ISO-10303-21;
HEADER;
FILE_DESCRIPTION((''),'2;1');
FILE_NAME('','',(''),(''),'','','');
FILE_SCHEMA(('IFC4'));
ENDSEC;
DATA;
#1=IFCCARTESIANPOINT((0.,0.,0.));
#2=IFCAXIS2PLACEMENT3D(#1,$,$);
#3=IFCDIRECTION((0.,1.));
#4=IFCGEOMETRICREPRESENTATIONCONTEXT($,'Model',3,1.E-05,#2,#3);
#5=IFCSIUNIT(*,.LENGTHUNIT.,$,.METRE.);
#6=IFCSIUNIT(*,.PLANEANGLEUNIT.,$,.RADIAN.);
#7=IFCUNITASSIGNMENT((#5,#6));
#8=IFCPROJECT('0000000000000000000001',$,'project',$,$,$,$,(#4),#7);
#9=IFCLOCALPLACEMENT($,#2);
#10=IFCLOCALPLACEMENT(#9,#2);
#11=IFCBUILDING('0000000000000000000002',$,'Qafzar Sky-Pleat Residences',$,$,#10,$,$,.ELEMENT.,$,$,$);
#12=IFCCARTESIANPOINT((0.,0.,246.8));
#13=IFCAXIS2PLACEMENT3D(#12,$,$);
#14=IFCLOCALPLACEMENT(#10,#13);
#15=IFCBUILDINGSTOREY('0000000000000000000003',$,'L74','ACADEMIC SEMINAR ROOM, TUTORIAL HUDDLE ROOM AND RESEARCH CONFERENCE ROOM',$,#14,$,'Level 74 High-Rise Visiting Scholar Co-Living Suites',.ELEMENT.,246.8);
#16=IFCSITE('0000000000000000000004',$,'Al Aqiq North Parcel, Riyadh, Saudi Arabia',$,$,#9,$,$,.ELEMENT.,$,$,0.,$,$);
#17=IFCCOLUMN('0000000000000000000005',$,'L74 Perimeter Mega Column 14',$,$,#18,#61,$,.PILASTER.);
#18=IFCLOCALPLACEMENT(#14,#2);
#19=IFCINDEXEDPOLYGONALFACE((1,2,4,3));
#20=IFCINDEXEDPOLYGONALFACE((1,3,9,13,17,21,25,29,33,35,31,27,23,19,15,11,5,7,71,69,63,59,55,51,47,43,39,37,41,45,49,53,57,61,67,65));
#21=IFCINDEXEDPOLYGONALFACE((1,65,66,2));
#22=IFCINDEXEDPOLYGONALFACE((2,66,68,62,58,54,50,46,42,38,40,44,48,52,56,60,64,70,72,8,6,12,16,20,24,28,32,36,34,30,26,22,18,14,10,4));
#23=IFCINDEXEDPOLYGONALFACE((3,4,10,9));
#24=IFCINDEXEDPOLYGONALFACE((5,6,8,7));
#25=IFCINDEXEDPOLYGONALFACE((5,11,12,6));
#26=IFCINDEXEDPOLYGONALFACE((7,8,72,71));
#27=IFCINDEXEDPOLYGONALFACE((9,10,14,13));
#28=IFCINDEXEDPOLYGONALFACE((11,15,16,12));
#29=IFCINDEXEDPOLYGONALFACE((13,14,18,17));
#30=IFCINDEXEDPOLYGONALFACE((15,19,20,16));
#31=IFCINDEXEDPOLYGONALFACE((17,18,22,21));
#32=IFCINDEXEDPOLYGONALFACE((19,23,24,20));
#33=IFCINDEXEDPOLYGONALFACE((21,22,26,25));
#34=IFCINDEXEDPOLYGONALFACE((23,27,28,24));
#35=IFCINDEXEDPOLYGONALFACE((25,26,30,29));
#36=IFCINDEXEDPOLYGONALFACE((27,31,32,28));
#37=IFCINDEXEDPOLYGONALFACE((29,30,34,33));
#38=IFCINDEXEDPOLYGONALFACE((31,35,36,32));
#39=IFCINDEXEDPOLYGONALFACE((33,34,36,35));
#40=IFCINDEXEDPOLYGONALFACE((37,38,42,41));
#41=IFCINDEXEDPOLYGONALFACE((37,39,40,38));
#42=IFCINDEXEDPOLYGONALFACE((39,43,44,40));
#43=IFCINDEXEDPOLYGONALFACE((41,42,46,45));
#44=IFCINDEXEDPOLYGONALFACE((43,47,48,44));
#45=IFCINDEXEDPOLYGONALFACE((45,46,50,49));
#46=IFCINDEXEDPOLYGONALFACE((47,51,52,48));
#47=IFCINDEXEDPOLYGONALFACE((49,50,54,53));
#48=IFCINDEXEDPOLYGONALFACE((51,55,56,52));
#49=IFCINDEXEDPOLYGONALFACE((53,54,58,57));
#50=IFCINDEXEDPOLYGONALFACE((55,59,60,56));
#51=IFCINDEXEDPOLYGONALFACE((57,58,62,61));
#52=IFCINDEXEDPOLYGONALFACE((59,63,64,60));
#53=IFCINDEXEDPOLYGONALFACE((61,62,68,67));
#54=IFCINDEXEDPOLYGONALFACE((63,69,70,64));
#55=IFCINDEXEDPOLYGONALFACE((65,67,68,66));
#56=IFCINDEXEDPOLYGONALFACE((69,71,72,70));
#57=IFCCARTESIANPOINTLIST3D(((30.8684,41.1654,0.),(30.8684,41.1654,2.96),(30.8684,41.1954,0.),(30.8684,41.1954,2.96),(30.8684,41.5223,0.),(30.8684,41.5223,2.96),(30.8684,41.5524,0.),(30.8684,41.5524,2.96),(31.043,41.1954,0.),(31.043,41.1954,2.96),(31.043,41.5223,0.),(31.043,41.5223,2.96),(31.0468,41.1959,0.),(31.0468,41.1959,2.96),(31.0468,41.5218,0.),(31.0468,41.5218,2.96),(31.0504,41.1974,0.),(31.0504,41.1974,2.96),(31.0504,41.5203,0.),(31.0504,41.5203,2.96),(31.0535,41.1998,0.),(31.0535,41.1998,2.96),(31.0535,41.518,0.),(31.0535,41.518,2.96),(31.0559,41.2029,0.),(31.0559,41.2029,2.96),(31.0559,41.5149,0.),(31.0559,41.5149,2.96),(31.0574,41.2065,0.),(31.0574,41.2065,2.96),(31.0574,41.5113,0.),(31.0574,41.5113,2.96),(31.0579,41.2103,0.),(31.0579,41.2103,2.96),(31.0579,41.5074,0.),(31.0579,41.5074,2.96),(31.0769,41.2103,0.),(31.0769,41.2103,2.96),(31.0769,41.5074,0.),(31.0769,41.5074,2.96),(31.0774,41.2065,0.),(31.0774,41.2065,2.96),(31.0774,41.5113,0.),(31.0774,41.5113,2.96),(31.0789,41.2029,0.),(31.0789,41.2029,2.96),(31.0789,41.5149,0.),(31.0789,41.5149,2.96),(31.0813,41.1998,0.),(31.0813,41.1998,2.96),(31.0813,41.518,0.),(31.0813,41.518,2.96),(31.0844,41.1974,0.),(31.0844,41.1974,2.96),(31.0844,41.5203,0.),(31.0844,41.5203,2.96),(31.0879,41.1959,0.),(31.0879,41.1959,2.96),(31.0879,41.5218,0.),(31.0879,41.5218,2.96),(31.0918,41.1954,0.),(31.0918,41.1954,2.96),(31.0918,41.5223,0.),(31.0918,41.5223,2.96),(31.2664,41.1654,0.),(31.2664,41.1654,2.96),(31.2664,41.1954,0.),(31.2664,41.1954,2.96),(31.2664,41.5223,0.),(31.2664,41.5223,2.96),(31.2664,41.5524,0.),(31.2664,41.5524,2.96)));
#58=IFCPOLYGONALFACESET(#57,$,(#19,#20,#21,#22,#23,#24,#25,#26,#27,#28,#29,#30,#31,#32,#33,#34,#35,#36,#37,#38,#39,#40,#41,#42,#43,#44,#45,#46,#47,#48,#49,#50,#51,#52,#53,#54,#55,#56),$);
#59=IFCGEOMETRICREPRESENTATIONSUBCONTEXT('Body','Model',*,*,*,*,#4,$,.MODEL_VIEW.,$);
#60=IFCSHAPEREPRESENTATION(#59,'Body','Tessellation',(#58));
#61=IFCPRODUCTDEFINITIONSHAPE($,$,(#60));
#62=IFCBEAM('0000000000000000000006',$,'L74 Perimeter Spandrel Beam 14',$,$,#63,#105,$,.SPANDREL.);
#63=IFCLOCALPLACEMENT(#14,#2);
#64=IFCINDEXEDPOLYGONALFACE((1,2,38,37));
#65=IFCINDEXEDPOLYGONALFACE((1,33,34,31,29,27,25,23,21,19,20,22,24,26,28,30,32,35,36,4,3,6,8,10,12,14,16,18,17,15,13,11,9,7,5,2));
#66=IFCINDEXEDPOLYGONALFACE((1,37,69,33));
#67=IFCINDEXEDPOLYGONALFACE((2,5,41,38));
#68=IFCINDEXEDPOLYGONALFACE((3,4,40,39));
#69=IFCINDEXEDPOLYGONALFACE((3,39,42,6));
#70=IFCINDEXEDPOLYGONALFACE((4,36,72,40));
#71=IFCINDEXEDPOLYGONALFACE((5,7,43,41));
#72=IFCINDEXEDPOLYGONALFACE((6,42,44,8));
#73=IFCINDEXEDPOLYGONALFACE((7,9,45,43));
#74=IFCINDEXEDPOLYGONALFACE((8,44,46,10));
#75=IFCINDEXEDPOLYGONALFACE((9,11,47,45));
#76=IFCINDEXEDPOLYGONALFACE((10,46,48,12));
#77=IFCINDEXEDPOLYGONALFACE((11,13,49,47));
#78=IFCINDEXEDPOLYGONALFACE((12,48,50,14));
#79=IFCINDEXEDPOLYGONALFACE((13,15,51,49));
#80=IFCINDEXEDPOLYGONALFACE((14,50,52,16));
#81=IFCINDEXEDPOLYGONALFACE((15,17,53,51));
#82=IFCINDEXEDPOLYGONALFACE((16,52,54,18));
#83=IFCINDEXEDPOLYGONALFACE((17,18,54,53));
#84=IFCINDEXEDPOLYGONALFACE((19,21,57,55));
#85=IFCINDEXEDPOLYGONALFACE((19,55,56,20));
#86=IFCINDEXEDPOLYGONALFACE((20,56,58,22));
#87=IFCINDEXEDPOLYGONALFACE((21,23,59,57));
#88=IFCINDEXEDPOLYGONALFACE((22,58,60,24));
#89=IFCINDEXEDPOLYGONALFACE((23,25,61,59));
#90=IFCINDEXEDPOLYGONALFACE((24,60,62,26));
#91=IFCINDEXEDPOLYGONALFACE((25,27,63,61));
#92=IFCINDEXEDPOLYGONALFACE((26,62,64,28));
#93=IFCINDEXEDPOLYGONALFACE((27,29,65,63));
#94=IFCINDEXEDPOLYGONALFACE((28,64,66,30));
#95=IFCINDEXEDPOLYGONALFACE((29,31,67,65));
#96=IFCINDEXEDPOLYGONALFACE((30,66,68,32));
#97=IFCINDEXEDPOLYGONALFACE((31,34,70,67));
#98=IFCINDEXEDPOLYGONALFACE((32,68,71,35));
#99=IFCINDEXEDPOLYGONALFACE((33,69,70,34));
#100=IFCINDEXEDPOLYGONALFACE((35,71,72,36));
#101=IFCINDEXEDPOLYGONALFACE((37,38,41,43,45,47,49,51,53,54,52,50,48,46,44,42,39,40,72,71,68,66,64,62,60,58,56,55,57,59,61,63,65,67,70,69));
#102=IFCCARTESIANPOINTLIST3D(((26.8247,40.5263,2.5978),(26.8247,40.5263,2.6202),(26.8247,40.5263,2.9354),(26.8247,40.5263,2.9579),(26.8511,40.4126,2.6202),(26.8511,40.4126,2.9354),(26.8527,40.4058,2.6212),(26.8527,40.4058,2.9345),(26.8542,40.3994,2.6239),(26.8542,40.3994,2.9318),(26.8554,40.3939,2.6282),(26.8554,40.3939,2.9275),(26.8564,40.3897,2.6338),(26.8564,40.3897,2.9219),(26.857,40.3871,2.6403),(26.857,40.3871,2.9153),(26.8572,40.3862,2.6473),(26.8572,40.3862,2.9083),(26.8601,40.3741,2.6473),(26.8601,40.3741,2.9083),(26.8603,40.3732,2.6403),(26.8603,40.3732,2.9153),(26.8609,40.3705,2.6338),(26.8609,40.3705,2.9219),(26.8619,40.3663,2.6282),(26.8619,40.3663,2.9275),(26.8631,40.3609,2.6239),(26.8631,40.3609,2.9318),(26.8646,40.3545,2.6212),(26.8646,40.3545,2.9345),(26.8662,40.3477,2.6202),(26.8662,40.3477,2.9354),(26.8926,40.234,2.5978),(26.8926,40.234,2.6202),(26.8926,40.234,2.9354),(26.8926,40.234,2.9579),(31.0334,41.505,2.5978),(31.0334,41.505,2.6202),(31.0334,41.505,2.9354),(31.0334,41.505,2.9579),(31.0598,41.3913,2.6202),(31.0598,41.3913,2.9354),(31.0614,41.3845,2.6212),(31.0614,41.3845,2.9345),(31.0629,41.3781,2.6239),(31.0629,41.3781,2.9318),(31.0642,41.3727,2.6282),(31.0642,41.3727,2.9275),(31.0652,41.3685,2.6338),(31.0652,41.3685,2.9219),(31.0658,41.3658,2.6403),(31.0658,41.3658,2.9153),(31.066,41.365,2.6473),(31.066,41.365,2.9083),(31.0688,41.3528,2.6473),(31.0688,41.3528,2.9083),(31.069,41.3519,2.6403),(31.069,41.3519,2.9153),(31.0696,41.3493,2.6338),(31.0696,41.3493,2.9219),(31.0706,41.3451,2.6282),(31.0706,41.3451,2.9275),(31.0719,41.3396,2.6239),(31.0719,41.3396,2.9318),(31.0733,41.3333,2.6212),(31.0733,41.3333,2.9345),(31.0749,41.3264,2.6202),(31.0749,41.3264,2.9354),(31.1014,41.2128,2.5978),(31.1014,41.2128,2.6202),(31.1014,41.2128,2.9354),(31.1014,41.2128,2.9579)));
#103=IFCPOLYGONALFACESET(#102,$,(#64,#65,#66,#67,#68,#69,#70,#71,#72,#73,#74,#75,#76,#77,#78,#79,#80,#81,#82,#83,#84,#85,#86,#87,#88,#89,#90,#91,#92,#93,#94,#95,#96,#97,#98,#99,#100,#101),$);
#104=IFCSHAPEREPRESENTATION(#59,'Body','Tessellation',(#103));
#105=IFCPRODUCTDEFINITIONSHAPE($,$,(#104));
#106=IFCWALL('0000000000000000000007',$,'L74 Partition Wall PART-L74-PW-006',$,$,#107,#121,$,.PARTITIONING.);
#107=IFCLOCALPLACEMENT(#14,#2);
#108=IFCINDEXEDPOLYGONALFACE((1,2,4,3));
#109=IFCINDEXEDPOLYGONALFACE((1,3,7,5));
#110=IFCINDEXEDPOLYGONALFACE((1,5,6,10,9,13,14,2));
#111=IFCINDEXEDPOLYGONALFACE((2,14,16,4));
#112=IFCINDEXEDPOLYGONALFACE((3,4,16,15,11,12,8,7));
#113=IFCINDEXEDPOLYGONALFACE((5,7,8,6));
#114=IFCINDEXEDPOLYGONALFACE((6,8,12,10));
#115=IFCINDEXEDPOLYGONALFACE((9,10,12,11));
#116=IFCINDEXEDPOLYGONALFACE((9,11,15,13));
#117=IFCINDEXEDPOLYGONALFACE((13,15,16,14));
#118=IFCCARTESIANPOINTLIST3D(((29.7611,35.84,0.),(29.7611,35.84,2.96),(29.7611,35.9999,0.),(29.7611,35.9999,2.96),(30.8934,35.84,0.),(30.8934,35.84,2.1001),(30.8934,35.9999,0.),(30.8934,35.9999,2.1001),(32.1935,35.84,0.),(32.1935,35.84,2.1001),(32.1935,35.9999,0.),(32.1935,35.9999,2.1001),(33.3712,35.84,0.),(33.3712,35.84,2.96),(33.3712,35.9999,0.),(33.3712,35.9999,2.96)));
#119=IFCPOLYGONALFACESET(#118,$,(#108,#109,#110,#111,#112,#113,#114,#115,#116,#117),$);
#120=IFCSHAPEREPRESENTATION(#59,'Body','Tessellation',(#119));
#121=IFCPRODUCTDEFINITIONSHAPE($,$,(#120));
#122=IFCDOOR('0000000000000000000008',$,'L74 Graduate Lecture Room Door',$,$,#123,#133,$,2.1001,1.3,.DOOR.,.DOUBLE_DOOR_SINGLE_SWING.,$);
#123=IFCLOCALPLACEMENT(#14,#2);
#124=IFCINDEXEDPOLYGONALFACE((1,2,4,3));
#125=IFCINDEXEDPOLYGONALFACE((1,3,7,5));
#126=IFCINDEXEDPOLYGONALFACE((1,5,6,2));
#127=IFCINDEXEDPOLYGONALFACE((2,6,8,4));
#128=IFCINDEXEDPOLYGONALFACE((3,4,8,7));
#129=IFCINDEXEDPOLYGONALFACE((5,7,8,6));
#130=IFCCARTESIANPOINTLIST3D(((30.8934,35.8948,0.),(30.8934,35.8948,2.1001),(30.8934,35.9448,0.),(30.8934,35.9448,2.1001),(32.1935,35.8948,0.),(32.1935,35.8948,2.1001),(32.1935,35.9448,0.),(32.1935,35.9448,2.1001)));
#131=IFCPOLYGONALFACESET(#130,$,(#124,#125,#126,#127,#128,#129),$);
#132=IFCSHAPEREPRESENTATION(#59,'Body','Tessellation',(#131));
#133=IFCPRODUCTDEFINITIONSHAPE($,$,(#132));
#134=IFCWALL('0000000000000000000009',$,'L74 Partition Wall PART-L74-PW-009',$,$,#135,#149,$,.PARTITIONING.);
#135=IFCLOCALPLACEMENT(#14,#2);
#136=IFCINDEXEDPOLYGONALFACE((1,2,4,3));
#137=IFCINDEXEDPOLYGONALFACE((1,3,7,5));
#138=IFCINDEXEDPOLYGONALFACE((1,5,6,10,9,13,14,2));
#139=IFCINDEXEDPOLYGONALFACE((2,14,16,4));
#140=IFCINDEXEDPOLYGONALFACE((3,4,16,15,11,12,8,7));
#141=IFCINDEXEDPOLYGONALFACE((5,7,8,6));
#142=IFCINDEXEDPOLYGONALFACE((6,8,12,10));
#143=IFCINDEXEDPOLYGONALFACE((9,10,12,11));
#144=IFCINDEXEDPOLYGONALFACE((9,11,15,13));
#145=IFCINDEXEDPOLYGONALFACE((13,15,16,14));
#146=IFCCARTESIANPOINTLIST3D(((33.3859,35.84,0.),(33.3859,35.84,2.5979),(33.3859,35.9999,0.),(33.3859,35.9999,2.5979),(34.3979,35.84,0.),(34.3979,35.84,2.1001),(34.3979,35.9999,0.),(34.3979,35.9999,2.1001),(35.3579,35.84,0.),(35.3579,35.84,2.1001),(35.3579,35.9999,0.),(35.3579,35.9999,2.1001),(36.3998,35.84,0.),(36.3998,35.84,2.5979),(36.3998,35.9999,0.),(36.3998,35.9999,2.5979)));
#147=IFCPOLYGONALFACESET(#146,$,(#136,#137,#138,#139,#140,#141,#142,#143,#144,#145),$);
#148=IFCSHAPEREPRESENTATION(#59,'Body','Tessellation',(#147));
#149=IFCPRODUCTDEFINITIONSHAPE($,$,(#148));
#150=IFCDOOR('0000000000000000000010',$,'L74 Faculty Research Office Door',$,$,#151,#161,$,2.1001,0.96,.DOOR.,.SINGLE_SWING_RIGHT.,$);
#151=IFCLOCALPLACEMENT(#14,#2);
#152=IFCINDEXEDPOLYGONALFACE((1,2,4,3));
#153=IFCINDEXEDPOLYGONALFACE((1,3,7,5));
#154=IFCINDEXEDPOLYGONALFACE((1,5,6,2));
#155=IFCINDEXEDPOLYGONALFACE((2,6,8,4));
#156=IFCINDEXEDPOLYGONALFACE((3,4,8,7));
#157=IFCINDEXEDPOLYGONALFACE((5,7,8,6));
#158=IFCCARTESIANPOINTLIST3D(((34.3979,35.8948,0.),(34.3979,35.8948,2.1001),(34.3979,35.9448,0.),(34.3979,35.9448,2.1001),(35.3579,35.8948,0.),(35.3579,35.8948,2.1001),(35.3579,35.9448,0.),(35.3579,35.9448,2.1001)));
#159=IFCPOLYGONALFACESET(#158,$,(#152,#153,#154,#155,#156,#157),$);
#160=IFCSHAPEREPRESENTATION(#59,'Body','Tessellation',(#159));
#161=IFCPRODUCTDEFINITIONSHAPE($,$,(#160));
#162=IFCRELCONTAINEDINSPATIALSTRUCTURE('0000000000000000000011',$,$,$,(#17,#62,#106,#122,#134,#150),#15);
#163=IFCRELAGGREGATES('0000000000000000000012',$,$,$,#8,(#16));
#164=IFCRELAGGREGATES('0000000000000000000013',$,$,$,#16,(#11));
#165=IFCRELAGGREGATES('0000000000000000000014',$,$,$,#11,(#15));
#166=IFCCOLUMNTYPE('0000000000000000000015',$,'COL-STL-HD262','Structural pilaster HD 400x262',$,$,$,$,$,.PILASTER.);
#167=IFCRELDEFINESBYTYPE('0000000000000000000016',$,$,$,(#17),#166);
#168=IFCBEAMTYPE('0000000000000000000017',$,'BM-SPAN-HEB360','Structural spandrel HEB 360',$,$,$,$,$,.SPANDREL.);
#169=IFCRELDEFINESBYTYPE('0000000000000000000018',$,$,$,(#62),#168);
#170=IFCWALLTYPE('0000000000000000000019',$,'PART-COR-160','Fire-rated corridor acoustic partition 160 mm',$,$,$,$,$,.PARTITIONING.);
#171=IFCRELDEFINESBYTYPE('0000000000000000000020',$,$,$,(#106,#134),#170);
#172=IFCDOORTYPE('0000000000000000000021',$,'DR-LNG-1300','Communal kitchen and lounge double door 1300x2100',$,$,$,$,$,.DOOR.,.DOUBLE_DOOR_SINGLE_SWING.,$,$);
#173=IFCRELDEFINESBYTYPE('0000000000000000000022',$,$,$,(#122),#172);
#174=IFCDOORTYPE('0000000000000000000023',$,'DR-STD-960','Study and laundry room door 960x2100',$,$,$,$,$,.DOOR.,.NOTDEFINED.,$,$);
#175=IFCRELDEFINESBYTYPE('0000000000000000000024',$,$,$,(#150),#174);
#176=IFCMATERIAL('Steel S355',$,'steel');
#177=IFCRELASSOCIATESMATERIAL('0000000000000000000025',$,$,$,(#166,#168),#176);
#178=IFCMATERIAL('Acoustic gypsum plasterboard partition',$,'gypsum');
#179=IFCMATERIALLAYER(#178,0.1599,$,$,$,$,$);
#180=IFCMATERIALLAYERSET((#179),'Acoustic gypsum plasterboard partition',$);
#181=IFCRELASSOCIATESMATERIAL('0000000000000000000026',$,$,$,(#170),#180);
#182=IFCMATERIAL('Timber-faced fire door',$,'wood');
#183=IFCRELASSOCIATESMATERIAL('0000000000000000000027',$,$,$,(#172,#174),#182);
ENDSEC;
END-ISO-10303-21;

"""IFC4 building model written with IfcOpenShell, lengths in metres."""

from ifc_helpers import new_model, si_unit, direction, frame, frame_2d, origin, origin_2d, place, context, subcontext, project, spatial, rectangle, i_section, extrude, source, transform, mapped, material, layer, layer_set, material_profile, profile_set, type_object, element, fill, save


model = new_model("IFC4")

# Units and contexts
model_context = context("Model", 3, precision=1e-05, world=origin(), true_north=direction((0.0, 1.0)))
body_context = subcontext(model_context, "Body", "Model", "MODEL_VIEW")
ifc_project = project(units=[si_unit("LENGTHUNIT", "METRE"), si_unit("PLANEANGLEUNIT", "RADIAN")], contexts=[model_context])

# Site, building, storey
site_placement = place(None, origin())
site = spatial("IfcSite", under=ifc_project, at=site_placement, Name="Al Aqiq North Parcel, Riyadh, Saudi Arabia", CompositionType="ELEMENT", RefElevation=0.0)
building_placement = place(site_placement, origin())
building = spatial("IfcBuilding", under=site, at=building_placement, Name="Qafzar Sky-Pleat Residences", CompositionType="ELEMENT")
storey_placement = place(building_placement, frame((0.0, 0.0, 246.8)))
storey = spatial("IfcBuildingStorey", under=building, at=storey_placement, Name="L74", Description="ACADEMIC SEMINAR ROOM, TUTORIAL HUDDLE ROOM AND RESEARCH CONFERENCE ROOM", LongName="Level 74 High-Rise Visiting Scholar Co-Living Suites", CompositionType="ELEMENT", Elevation=246.8)

# Column
ifc_material_1 = material(Name="Steel S355", Category="steel")
ifc_material_profile_1 = material_profile(ifc_material_1, i_section(OverallWidth=0.3979, OverallDepth=0.387, WebThickness=0.019, FlangeThickness=0.03, FilletRadius=0.0149, at=origin_2d()), Name="HD 400x262")
ifc_profile_set_1 = profile_set([ifc_material_profile_1], Name="Steel S355")
column_type = type_object("IfcColumnType", Name="COL-STL-HD262", Description="Structural pilaster HD 400x262", PredefinedType="PILASTER", material=ifc_profile_set_1)
shared_shape_1 = source(origin(), body_context, "Body", "SweptSolid", [
    extrude(i_section(OverallWidth=0.3979, OverallDepth=0.387, WebThickness=0.019, FlangeThickness=0.03, FilletRadius=0.0149, at=origin_2d()), origin(), (0.0, 0.0, 1.0), 2.96),
])
column_placement = place(storey_placement, frame((31.0674, 41.3589, 0.0), z_axis=(0.0, 0.0, 1.0), x_axis=(1.0, 0.0, 0.0)))
element("IfcColumn", 1, at=column_placement, inside=storey, type_object=column_type, Name="L74 Perimeter Mega Column 14", PredefinedType="PILASTER", context=body_context, shape_type="MappedRepresentation", body=[
    mapped(shared_shape_1, transform((0.0, 0.0, 0.0), x_axis=(1.0, 0.0, 0.0), y_axis=(0.0, 1.0, 0.0), z_axis=(0.0, 0.0, 1.0), scale=1.0)),
])

# Beam
ifc_material_profile_2 = material_profile(ifc_material_1, i_section(OverallWidth=0.3, OverallDepth=0.3601, WebThickness=0.0125, FlangeThickness=0.0225, FilletRadius=0.0271, at=origin_2d()), Name="HEB 360")
ifc_profile_set_2 = profile_set([ifc_material_profile_2], Name="Steel S355")
beam_type = type_object("IfcBeamType", Name="BM-SPAN-HEB360", Description="Structural spandrel HEB 360", PredefinedType="SPANDREL", material=ifc_profile_set_2)
shared_shape_2 = source(origin(), body_context, "Body", "SweptSolid", [
    extrude(i_section(OverallWidth=0.3, OverallDepth=0.3601, WebThickness=0.0125, FlangeThickness=0.0225, FilletRadius=0.0271, at=origin_2d()), origin(), (0.0, 0.0, 1.0), 4.321),
])
beam_placement = place(storey_placement, frame((31.0674, 41.3589, 2.7778), z_axis=(-0.974009, -0.22651, 0.0), x_axis=(0.22651, -0.974009, 0.0)))
element("IfcBeam", 2, at=beam_placement, inside=storey, type_object=beam_type, Name="L74 Perimeter Spandrel Beam 14", PredefinedType="SPANDREL", context=body_context, shape_type="MappedRepresentation", body=[
    mapped(shared_shape_2, transform((0.0, 0.0, 0.0), x_axis=(1.0, 0.0, 0.0), y_axis=(0.0, 1.0, 0.0), z_axis=(0.0, 0.0, 1.0), scale=1.0)),
])

# Walls, openings, doors
ifc_material_2 = material(Name="Acoustic gypsum plasterboard partition", Category="gypsum")
ifc_layer_1 = layer(ifc_material_2, 0.1599)
ifc_layer_set_1 = layer_set([ifc_layer_1], Name="Acoustic gypsum plasterboard partition")
wall_type_1 = type_object("IfcWallType", Name="PART-COR-160", Description="Fire-rated corridor acoustic partition 160 mm", PredefinedType="PARTITIONING", material=ifc_layer_set_1)
wall_1_placement = place(storey_placement, frame((29.761, 35.9199, 0.0), z_axis=(0.0, 0.0, 1.0), x_axis=(1.0, 0.0, 0.0)))
wall_1 = element("IfcWall", 3, at=wall_1_placement, inside=storey, type_object=wall_type_1, Name="L74 Partition Wall PART-L74-PW-006", PredefinedType="PARTITIONING", context=body_context, shape_type="SweptSolid", body=[
    extrude(rectangle(XDim=3.6101, YDim=0.1599, at=frame_2d((1.8052, 0.0))), origin(), (0.0, 0.0, 1.0), 2.96),
])
opening_1_placement = place(wall_1_placement, frame((1.1326, 0.0, 0.0)))
opening_1 = element("IfcOpeningElement", 4, at=opening_1_placement, cuts=wall_1, PredefinedType="OPENING", context=body_context, shape_type="SweptSolid", body=[
    extrude(rectangle(XDim=1.3, YDim=2.1001, at=frame_2d((0.6499, 1.05))), frame((0.0, 0.0898, 0.0), z_axis=(0.0, -1.0, 0.0), x_axis=(1.0, 0.0, 0.0)), (0.0, 0.0, 1.0), 0.1799),
])
ifc_material_3 = material(Name="Timber-faced fire door", Category="wood")
door_type_1 = type_object("IfcDoorType", Name="DR-LNG-1300", Description="Communal kitchen and lounge double door 1300x2100", OperationType="DOUBLE_DOOR_SINGLE_SWING", PredefinedType="DOOR", material=ifc_material_3)
shared_shape_3 = source(origin(), body_context, "Body", "SweptSolid", [
    extrude(rectangle(XDim=1.3, YDim=2.1001, at=frame_2d((0.6499, 1.05))), frame((0.0, 0.0249, 0.0), z_axis=(0.0, -1.0, 0.0), x_axis=(1.0, 0.0, 0.0)), (0.0, 0.0, 1.0), 0.05),
])
door_1_placement = place(opening_1_placement, origin())
door_1 = element("IfcDoor", 5, at=door_1_placement, inside=storey, type_object=door_type_1, Name="L74 Graduate Lecture Room Door", OperationType="DOUBLE_DOOR_SINGLE_SWING", OverallHeight=2.1001, OverallWidth=1.3, PredefinedType="DOOR", context=body_context, shape_type="MappedRepresentation", body=[
    mapped(shared_shape_3, transform((0.0, 0.0, 0.0), x_axis=(1.0, 0.0, 0.0), y_axis=(0.0, 1.0, 0.0), z_axis=(0.0, 0.0, 1.0), scale=1.0)),
])
fill(opening_1, door_1)
wall_2_placement = place(storey_placement, frame((33.386, 35.9199, 0.0), z_axis=(0.0, 0.0, 1.0), x_axis=(1.0, 0.0, 0.0)))
wall_2 = element("IfcWall", 6, at=wall_2_placement, inside=storey, type_object=wall_type_1, Name="L74 Partition Wall PART-L74-PW-009", PredefinedType="PARTITIONING", context=body_context, shape_type="SweptSolid", body=[
    extrude(rectangle(XDim=3.0139, YDim=0.1599, at=frame_2d((1.5068, 0.0))), origin(), (0.0, 0.0, 1.0), 2.5979),
])
opening_2_placement = place(wall_2_placement, frame((1.012, 0.0, 0.0)))
opening_2 = element("IfcOpeningElement", 7, at=opening_2_placement, cuts=wall_2, PredefinedType="OPENING", context=body_context, shape_type="SweptSolid", body=[
    extrude(rectangle(XDim=0.96, YDim=2.1001, at=frame_2d((0.48, 1.05))), frame((0.0, 0.0898, 0.0), z_axis=(0.0, -1.0, 0.0), x_axis=(1.0, 0.0, 0.0)), (0.0, 0.0, 1.0), 0.1799),
])
door_type_2 = type_object("IfcDoorType", Name="DR-STD-960", Description="Study and laundry room door 960x2100", OperationType="NOTDEFINED", PredefinedType="DOOR", material=ifc_material_3)
shared_shape_4 = source(origin(), body_context, "Body", "SweptSolid", [
    extrude(rectangle(XDim=0.96, YDim=2.1001, at=frame_2d((0.48, 1.05))), frame((0.0, 0.0249, 0.0), z_axis=(0.0, -1.0, 0.0), x_axis=(1.0, 0.0, 0.0)), (0.0, 0.0, 1.0), 0.05),
])
door_2_placement = place(opening_2_placement, origin())
door_2 = element("IfcDoor", 8, at=door_2_placement, inside=storey, type_object=door_type_2, Name="L74 Faculty Research Office Door", OperationType="SINGLE_SWING_RIGHT", OverallHeight=2.1001, OverallWidth=0.96, PredefinedType="DOOR", context=body_context, shape_type="MappedRepresentation", body=[
    mapped(shared_shape_4, transform((0.0, 0.0, 0.0), x_axis=(1.0, 0.0, 0.0), y_axis=(0.0, 1.0, 0.0), z_axis=(0.0, 0.0, 1.0), scale=1.0)),
])
fill(opening_2, door_2)

save(model, "model.ifc")
